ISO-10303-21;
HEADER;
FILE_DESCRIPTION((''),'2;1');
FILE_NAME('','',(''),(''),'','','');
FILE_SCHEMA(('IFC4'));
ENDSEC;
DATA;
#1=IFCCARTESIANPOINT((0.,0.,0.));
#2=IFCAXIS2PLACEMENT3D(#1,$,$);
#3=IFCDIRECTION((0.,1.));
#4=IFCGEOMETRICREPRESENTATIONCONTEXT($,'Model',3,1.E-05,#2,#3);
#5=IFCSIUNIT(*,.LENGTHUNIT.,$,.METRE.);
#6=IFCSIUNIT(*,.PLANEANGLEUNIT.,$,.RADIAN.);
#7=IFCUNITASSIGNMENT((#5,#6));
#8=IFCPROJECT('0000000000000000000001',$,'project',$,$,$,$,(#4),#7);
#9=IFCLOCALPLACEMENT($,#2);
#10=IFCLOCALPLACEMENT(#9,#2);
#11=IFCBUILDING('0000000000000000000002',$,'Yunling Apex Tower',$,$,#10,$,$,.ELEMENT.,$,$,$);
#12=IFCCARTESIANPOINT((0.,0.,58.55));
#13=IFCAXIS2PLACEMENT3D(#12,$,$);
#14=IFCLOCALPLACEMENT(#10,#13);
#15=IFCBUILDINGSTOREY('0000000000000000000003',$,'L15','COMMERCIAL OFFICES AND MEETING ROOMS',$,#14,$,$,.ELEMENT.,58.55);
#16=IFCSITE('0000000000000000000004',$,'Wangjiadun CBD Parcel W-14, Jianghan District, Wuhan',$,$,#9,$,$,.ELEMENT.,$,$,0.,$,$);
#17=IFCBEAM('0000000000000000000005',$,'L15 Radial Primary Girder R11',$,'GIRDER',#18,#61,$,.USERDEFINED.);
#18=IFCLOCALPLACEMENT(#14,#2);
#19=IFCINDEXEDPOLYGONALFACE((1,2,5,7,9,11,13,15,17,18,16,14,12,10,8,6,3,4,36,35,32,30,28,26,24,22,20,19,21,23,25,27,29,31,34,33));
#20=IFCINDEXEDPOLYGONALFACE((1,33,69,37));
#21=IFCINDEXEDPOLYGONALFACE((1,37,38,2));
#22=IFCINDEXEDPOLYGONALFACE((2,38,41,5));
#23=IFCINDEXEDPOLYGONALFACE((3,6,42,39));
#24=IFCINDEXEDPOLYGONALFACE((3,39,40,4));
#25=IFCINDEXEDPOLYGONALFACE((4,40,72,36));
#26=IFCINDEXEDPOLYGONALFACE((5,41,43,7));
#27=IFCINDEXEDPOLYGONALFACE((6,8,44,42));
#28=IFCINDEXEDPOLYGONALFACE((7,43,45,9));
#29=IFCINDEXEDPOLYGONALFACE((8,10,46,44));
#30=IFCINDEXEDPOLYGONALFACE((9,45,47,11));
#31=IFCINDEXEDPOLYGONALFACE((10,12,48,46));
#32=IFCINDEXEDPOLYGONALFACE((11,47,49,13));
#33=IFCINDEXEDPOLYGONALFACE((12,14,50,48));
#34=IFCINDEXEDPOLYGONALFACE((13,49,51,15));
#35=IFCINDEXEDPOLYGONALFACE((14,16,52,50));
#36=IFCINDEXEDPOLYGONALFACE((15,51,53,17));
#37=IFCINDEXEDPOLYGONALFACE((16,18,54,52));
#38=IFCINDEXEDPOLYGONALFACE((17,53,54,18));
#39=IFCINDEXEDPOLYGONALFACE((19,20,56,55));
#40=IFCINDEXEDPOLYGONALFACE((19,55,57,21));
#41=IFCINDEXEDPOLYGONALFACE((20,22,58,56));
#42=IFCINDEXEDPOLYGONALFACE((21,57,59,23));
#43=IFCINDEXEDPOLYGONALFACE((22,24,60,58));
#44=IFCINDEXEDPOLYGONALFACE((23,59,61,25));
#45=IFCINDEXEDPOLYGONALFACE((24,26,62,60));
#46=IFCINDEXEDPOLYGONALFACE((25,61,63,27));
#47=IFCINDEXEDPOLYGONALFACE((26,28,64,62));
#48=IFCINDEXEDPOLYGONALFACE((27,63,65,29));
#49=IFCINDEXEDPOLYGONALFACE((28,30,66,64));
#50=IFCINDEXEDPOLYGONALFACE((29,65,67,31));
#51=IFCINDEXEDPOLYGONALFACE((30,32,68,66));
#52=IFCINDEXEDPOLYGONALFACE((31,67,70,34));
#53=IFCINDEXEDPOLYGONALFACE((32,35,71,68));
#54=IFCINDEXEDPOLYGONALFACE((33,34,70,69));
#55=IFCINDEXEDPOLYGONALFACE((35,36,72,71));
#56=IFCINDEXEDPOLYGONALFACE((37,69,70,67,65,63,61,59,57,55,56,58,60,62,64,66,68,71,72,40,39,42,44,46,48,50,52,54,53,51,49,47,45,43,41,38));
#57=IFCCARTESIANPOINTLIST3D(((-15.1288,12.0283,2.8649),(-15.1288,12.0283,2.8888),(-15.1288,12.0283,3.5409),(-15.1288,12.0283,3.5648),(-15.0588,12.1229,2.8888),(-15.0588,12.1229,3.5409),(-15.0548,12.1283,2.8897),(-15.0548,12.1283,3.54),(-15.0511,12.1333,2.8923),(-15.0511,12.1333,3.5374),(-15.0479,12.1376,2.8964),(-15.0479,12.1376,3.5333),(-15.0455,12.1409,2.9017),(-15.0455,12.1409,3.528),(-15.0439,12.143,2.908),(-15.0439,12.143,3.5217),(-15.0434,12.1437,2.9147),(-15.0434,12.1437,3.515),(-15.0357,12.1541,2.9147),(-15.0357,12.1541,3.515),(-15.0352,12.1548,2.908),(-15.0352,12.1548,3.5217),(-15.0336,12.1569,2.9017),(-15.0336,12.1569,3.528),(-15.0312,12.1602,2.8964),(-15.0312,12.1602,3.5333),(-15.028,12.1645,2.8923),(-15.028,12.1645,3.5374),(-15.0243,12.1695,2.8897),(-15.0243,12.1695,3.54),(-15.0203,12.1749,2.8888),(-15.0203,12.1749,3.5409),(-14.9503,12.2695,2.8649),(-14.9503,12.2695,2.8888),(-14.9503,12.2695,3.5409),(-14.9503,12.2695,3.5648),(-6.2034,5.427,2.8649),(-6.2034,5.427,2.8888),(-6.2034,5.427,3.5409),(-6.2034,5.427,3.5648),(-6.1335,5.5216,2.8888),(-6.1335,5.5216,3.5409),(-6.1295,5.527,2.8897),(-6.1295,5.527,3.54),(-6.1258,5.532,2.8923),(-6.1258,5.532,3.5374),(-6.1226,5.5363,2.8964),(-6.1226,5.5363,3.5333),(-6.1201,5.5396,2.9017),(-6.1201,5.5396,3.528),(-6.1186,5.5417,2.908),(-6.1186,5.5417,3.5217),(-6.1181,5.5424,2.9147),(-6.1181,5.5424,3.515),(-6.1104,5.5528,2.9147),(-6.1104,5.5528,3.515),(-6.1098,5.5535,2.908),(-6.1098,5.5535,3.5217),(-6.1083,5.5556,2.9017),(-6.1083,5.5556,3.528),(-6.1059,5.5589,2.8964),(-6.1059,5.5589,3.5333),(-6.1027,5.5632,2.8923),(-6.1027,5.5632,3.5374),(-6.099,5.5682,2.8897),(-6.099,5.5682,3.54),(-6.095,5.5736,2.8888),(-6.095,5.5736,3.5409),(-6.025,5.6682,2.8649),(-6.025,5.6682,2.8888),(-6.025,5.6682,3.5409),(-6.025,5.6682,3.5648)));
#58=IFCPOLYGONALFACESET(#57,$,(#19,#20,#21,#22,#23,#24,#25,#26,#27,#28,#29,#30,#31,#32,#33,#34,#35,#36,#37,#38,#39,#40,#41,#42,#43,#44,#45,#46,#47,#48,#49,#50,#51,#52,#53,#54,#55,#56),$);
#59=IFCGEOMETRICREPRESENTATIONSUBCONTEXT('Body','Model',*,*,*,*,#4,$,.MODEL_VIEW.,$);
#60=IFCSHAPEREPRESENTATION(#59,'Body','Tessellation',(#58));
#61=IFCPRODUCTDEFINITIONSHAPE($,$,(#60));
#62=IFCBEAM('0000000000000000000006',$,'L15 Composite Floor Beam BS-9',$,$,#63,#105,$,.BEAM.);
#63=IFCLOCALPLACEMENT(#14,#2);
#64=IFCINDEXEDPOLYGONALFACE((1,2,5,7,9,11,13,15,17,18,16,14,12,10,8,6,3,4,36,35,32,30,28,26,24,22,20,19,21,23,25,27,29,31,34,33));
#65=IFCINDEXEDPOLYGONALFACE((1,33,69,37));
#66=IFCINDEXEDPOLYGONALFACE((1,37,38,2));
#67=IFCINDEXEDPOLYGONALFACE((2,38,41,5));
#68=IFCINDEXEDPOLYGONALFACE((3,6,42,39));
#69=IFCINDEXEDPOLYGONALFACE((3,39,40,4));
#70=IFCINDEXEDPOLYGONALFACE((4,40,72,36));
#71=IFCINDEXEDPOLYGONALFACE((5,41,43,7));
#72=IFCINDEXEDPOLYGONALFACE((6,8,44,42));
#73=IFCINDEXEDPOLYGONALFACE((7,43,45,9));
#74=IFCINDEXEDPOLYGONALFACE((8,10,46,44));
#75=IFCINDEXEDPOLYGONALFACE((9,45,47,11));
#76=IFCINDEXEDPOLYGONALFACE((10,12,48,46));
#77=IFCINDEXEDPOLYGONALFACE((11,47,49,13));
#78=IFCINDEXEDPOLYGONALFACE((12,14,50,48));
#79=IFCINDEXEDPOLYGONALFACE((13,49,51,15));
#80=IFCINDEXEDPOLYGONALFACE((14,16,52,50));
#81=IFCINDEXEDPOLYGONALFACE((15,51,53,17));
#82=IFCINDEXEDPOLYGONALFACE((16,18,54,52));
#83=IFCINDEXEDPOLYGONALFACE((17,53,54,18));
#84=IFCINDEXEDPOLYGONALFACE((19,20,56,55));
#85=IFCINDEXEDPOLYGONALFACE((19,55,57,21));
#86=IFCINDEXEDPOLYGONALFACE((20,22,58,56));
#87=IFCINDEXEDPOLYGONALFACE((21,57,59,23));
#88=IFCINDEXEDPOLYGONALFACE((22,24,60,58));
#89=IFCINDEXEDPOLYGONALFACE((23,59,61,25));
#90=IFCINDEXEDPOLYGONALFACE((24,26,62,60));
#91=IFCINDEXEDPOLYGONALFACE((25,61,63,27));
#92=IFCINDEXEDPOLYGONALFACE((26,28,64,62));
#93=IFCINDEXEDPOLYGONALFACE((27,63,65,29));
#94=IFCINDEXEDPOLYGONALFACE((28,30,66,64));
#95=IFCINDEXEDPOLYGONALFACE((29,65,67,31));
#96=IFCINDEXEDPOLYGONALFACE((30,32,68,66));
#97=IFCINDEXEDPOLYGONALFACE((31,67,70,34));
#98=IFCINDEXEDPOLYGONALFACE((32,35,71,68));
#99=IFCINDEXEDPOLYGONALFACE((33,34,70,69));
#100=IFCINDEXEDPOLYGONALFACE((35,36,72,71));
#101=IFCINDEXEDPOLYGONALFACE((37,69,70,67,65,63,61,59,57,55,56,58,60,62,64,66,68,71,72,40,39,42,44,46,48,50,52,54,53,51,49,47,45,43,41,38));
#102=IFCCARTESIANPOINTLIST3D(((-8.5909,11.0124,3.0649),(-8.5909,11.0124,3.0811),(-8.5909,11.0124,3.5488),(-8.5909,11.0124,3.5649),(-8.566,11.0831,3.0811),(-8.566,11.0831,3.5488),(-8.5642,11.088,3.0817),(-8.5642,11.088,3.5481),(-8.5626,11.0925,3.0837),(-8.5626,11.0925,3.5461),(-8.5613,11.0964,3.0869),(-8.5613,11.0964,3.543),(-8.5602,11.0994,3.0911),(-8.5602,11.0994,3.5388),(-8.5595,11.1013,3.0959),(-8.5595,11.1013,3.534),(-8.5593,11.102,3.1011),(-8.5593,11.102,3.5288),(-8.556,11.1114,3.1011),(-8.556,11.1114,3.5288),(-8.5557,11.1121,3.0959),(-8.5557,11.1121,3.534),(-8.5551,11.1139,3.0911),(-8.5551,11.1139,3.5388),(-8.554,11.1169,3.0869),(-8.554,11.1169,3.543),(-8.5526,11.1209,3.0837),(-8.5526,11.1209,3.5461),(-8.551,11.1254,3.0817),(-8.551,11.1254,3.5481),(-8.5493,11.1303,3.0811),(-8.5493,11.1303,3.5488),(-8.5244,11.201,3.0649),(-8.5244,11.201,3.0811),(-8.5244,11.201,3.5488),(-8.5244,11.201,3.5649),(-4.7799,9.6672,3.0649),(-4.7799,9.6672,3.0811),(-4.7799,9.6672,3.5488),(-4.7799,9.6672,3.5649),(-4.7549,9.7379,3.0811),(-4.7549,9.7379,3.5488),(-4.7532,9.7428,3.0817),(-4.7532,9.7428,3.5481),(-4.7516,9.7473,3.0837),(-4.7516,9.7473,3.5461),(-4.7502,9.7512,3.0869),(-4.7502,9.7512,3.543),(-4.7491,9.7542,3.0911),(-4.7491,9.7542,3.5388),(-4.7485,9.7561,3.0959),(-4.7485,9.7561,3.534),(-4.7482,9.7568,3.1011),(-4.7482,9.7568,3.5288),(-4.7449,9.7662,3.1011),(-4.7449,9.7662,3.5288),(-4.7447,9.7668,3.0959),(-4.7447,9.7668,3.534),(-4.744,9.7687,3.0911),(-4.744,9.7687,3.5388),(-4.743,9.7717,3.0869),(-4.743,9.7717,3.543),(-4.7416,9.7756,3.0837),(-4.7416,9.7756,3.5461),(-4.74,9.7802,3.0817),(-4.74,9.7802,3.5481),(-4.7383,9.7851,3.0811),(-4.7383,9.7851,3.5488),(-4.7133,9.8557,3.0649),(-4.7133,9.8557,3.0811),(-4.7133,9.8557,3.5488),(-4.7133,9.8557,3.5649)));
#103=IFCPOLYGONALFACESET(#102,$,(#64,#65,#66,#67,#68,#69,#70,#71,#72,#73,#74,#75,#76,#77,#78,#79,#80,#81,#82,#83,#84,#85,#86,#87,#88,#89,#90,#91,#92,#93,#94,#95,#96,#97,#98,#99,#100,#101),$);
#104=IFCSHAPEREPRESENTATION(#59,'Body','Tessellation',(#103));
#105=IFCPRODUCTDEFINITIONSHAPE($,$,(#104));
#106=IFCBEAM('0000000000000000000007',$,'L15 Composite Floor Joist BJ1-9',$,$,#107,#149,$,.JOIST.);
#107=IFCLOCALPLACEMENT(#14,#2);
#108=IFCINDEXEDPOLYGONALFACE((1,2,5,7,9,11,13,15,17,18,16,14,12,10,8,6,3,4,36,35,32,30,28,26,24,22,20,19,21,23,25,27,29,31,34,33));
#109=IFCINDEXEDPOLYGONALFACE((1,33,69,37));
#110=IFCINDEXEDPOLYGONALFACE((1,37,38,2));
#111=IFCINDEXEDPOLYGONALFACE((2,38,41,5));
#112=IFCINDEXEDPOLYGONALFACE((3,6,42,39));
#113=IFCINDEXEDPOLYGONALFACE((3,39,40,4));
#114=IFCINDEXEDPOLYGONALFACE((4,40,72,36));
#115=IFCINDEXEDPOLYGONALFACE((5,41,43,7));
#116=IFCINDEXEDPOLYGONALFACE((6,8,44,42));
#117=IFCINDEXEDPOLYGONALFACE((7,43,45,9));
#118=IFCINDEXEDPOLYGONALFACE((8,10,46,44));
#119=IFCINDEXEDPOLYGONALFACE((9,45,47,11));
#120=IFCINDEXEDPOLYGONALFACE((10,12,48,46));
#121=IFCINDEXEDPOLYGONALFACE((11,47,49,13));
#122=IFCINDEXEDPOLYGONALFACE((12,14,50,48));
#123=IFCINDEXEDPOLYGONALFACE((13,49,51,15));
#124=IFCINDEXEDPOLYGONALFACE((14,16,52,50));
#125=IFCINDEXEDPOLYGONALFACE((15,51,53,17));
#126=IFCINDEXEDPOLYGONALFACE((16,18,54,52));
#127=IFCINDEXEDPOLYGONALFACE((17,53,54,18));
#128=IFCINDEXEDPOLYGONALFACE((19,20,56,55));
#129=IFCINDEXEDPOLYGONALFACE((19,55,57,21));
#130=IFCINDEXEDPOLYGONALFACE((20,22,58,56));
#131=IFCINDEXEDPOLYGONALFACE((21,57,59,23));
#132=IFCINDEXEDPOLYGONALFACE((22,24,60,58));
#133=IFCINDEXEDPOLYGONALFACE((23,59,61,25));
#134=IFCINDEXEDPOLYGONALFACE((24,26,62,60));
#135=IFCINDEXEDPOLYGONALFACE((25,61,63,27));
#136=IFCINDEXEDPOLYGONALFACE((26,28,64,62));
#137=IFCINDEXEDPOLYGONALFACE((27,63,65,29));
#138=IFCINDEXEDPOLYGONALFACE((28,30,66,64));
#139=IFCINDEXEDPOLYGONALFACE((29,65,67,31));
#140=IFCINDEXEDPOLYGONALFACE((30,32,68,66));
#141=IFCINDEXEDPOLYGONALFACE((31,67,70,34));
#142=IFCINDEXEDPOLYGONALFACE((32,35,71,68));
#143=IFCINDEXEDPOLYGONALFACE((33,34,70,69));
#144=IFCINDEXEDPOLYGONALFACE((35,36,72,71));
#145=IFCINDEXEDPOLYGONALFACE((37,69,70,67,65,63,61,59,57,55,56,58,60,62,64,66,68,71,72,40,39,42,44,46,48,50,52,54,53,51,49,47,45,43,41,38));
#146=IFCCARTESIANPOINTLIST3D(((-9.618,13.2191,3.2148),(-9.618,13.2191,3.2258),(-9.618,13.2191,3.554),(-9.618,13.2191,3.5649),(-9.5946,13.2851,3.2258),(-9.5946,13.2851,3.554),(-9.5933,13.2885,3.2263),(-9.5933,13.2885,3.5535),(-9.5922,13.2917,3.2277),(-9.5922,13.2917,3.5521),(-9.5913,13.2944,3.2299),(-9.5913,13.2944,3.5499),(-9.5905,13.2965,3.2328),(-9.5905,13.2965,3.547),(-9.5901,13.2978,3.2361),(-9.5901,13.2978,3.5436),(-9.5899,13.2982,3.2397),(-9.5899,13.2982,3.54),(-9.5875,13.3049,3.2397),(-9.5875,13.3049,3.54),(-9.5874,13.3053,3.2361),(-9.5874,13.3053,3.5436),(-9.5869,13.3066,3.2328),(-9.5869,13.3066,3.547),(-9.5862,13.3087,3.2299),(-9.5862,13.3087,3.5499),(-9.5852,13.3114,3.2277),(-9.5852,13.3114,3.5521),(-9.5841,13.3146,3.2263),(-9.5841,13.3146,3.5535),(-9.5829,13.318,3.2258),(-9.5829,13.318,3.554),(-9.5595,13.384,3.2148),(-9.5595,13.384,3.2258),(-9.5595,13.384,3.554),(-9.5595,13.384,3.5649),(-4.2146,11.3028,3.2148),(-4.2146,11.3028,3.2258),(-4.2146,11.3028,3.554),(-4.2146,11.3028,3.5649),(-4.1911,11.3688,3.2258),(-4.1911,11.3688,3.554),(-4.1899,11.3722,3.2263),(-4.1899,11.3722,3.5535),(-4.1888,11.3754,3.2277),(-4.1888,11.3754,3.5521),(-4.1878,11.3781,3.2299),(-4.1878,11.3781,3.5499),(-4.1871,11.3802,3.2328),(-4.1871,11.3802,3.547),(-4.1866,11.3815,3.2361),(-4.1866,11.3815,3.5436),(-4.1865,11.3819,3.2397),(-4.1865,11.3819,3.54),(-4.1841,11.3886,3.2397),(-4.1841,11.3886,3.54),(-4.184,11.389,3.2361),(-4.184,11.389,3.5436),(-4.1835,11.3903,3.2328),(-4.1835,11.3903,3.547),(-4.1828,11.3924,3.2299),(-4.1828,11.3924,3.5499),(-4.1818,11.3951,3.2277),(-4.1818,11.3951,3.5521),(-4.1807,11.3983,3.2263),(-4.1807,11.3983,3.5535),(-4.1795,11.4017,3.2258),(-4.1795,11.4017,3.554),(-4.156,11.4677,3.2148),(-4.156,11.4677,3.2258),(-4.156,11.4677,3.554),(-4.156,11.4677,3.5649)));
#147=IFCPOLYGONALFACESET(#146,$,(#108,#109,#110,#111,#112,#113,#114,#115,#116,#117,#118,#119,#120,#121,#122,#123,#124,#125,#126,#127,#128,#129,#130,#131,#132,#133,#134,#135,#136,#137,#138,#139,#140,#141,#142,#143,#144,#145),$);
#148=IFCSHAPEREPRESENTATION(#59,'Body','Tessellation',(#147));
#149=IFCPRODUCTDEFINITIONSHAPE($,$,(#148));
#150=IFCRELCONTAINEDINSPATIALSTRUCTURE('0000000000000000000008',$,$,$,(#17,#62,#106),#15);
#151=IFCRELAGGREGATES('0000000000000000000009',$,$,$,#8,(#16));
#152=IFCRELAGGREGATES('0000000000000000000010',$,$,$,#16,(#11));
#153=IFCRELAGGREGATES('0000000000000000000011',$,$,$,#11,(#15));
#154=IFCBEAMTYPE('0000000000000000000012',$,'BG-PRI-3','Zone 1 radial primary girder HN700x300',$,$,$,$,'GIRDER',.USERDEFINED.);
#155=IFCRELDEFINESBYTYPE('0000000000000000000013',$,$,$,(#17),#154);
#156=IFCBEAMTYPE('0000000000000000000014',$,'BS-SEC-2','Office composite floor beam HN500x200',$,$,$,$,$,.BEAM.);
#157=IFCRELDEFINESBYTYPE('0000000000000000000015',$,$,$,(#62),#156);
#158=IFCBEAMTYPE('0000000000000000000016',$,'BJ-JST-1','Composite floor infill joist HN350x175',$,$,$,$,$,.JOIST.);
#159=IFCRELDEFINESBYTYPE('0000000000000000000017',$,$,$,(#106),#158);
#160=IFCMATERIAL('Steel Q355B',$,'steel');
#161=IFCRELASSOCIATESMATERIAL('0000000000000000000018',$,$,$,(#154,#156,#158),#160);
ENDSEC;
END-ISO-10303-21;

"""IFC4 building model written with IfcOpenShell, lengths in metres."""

from ifc_helpers import new_model, si_unit, direction, frame, origin, origin_2d, place, context, subcontext, project, spatial, i_section, extrude, source, transform, mapped, material, material_profile, profile_set, type_object, element, save


model = new_model("IFC4")

# Units and contexts
model_context = context("Model", 3, precision=1e-05, world=origin(), true_north=direction((0.0, 1.0)))
body_context = subcontext(model_context, "Body", "Model", "MODEL_VIEW")
ifc_project = project(units=[si_unit("LENGTHUNIT", "METRE"), si_unit("PLANEANGLEUNIT", "RADIAN")], contexts=[model_context])

# Site, building, storey
site_placement = place(None, origin())
site = spatial("IfcSite", under=ifc_project, at=site_placement, Name="Wangjiadun CBD Parcel W-14, Jianghan District, Wuhan", CompositionType="ELEMENT", RefElevation=0.0)
building_placement = place(site_placement, origin())
building = spatial("IfcBuilding", under=site, at=building_placement, Name="Yunling Apex Tower", CompositionType="ELEMENT")
storey_placement = place(building_placement, frame((0.0, 0.0, 58.55)))
storey = spatial("IfcBuildingStorey", under=building, at=storey_placement, Name="L15", Description="COMMERCIAL OFFICES AND MEETING ROOMS", CompositionType="ELEMENT", Elevation=58.55)

# Beams
ifc_material_1 = material(Name="Steel Q355B", Category="steel")
ifc_material_profile_1 = material_profile(ifc_material_1, i_section(OverallWidth=0.3, OverallDepth=0.7, WebThickness=0.0129, FlangeThickness=0.0239, FilletRadius=0.0259, at=origin_2d()))
ifc_profile_set_1 = profile_set([ifc_material_profile_1], Name="Steel Q355B")
beam_type_1 = type_object("IfcBeamType", Name="BG-PRI-3", Description="Zone 1 radial primary girder HN700x300", ElementType="GIRDER", PredefinedType="USERDEFINED", material=ifc_profile_set_1)
shared_shape_1 = source(origin(), body_context, "Body", "SweptSolid", [
    extrude(i_section(OverallWidth=0.3, OverallDepth=0.7, WebThickness=0.0129, FlangeThickness=0.0239, FilletRadius=0.0259, at=origin_2d()), origin(), (0.0, 0.0, 1.0), 11.1013),
])
beam_1_placement = place(storey_placement, frame((-15.0396, 12.1489, 3.2148), z_axis=(0.803988, -0.594645, 0.0), x_axis=(0.594645, 0.803988, 0.0)))
element("IfcBeam", 1, at=beam_1_placement, inside=storey, type_object=beam_type_1, Name="L15 Radial Primary Girder R11", ObjectType="GIRDER", PredefinedType="USERDEFINED", context=body_context, shape_type="MappedRepresentation", body=[
    mapped(shared_shape_1, transform((0.0, 0.0, 0.0), scale=1.0)),
])
ifc_material_profile_2 = material_profile(ifc_material_1, i_section(OverallWidth=0.2, OverallDepth=0.5, WebThickness=0.01, FlangeThickness=0.0161, FilletRadius=0.02, at=origin_2d()))
ifc_profile_set_2 = profile_set([ifc_material_profile_2], Name="Steel Q355B")
beam_type_2 = type_object("IfcBeamType", Name="BS-SEC-2", Description="Office composite floor beam HN500x200", PredefinedType="BEAM", material=ifc_profile_set_2)
shared_shape_2 = source(origin(), body_context, "Body", "SweptSolid", [
    extrude(i_section(OverallWidth=0.2, OverallDepth=0.5, WebThickness=0.01, FlangeThickness=0.0161, FilletRadius=0.02, at=origin_2d()), origin(), (0.0, 0.0, 1.0), 4.0415),
])
beam_2_placement = place(storey_placement, frame((-4.7466, 9.7615, 3.3149), z_axis=(-0.942979, 0.332852, 0.0), x_axis=(-0.332852, -0.942979, 0.0)))
element("IfcBeam", 2, at=beam_2_placement, inside=storey, type_object=beam_type_2, Name="L15 Composite Floor Beam BS-9", PredefinedType="BEAM", context=body_context, shape_type="MappedRepresentation", body=[
    mapped(shared_shape_2, transform((0.0, 0.0, 0.0), scale=1.0)),
])
ifc_material_profile_3 = material_profile(ifc_material_1, i_section(OverallWidth=0.175, OverallDepth=0.3501, WebThickness=0.0071, FlangeThickness=0.011, FilletRadius=0.0139, at=origin_2d()))
ifc_profile_set_3 = profile_set([ifc_material_profile_3], Name="Steel Q355B")
beam_type_3 = type_object("IfcBeamType", Name="BJ-JST-1", Description="Composite floor infill joist HN350x175", PredefinedType="JOIST", material=ifc_profile_set_3)
shared_shape_3 = source(origin(), body_context, "Body", "SweptSolid", [
    extrude(i_section(OverallWidth=0.175, OverallDepth=0.3501, WebThickness=0.0071, FlangeThickness=0.011, FilletRadius=0.0139, at=origin_2d()), origin(), (0.0, 0.0, 1.0), 5.7332),
])
beam_3_placement = place(storey_placement, frame((-4.1853, 11.3853, 3.3899), z_axis=(-0.942485, 0.334248, 0.0), x_axis=(-0.334248, -0.942485, 0.0)))
element("IfcBeam", 3, at=beam_3_placement, inside=storey, type_object=beam_type_3, Name="L15 Composite Floor Joist BJ1-9", PredefinedType="JOIST", context=body_context, shape_type="MappedRepresentation", body=[
    mapped(shared_shape_3, transform((0.0, 0.0, 0.0), scale=1.0)),
])

save(model, "model.ifc")
